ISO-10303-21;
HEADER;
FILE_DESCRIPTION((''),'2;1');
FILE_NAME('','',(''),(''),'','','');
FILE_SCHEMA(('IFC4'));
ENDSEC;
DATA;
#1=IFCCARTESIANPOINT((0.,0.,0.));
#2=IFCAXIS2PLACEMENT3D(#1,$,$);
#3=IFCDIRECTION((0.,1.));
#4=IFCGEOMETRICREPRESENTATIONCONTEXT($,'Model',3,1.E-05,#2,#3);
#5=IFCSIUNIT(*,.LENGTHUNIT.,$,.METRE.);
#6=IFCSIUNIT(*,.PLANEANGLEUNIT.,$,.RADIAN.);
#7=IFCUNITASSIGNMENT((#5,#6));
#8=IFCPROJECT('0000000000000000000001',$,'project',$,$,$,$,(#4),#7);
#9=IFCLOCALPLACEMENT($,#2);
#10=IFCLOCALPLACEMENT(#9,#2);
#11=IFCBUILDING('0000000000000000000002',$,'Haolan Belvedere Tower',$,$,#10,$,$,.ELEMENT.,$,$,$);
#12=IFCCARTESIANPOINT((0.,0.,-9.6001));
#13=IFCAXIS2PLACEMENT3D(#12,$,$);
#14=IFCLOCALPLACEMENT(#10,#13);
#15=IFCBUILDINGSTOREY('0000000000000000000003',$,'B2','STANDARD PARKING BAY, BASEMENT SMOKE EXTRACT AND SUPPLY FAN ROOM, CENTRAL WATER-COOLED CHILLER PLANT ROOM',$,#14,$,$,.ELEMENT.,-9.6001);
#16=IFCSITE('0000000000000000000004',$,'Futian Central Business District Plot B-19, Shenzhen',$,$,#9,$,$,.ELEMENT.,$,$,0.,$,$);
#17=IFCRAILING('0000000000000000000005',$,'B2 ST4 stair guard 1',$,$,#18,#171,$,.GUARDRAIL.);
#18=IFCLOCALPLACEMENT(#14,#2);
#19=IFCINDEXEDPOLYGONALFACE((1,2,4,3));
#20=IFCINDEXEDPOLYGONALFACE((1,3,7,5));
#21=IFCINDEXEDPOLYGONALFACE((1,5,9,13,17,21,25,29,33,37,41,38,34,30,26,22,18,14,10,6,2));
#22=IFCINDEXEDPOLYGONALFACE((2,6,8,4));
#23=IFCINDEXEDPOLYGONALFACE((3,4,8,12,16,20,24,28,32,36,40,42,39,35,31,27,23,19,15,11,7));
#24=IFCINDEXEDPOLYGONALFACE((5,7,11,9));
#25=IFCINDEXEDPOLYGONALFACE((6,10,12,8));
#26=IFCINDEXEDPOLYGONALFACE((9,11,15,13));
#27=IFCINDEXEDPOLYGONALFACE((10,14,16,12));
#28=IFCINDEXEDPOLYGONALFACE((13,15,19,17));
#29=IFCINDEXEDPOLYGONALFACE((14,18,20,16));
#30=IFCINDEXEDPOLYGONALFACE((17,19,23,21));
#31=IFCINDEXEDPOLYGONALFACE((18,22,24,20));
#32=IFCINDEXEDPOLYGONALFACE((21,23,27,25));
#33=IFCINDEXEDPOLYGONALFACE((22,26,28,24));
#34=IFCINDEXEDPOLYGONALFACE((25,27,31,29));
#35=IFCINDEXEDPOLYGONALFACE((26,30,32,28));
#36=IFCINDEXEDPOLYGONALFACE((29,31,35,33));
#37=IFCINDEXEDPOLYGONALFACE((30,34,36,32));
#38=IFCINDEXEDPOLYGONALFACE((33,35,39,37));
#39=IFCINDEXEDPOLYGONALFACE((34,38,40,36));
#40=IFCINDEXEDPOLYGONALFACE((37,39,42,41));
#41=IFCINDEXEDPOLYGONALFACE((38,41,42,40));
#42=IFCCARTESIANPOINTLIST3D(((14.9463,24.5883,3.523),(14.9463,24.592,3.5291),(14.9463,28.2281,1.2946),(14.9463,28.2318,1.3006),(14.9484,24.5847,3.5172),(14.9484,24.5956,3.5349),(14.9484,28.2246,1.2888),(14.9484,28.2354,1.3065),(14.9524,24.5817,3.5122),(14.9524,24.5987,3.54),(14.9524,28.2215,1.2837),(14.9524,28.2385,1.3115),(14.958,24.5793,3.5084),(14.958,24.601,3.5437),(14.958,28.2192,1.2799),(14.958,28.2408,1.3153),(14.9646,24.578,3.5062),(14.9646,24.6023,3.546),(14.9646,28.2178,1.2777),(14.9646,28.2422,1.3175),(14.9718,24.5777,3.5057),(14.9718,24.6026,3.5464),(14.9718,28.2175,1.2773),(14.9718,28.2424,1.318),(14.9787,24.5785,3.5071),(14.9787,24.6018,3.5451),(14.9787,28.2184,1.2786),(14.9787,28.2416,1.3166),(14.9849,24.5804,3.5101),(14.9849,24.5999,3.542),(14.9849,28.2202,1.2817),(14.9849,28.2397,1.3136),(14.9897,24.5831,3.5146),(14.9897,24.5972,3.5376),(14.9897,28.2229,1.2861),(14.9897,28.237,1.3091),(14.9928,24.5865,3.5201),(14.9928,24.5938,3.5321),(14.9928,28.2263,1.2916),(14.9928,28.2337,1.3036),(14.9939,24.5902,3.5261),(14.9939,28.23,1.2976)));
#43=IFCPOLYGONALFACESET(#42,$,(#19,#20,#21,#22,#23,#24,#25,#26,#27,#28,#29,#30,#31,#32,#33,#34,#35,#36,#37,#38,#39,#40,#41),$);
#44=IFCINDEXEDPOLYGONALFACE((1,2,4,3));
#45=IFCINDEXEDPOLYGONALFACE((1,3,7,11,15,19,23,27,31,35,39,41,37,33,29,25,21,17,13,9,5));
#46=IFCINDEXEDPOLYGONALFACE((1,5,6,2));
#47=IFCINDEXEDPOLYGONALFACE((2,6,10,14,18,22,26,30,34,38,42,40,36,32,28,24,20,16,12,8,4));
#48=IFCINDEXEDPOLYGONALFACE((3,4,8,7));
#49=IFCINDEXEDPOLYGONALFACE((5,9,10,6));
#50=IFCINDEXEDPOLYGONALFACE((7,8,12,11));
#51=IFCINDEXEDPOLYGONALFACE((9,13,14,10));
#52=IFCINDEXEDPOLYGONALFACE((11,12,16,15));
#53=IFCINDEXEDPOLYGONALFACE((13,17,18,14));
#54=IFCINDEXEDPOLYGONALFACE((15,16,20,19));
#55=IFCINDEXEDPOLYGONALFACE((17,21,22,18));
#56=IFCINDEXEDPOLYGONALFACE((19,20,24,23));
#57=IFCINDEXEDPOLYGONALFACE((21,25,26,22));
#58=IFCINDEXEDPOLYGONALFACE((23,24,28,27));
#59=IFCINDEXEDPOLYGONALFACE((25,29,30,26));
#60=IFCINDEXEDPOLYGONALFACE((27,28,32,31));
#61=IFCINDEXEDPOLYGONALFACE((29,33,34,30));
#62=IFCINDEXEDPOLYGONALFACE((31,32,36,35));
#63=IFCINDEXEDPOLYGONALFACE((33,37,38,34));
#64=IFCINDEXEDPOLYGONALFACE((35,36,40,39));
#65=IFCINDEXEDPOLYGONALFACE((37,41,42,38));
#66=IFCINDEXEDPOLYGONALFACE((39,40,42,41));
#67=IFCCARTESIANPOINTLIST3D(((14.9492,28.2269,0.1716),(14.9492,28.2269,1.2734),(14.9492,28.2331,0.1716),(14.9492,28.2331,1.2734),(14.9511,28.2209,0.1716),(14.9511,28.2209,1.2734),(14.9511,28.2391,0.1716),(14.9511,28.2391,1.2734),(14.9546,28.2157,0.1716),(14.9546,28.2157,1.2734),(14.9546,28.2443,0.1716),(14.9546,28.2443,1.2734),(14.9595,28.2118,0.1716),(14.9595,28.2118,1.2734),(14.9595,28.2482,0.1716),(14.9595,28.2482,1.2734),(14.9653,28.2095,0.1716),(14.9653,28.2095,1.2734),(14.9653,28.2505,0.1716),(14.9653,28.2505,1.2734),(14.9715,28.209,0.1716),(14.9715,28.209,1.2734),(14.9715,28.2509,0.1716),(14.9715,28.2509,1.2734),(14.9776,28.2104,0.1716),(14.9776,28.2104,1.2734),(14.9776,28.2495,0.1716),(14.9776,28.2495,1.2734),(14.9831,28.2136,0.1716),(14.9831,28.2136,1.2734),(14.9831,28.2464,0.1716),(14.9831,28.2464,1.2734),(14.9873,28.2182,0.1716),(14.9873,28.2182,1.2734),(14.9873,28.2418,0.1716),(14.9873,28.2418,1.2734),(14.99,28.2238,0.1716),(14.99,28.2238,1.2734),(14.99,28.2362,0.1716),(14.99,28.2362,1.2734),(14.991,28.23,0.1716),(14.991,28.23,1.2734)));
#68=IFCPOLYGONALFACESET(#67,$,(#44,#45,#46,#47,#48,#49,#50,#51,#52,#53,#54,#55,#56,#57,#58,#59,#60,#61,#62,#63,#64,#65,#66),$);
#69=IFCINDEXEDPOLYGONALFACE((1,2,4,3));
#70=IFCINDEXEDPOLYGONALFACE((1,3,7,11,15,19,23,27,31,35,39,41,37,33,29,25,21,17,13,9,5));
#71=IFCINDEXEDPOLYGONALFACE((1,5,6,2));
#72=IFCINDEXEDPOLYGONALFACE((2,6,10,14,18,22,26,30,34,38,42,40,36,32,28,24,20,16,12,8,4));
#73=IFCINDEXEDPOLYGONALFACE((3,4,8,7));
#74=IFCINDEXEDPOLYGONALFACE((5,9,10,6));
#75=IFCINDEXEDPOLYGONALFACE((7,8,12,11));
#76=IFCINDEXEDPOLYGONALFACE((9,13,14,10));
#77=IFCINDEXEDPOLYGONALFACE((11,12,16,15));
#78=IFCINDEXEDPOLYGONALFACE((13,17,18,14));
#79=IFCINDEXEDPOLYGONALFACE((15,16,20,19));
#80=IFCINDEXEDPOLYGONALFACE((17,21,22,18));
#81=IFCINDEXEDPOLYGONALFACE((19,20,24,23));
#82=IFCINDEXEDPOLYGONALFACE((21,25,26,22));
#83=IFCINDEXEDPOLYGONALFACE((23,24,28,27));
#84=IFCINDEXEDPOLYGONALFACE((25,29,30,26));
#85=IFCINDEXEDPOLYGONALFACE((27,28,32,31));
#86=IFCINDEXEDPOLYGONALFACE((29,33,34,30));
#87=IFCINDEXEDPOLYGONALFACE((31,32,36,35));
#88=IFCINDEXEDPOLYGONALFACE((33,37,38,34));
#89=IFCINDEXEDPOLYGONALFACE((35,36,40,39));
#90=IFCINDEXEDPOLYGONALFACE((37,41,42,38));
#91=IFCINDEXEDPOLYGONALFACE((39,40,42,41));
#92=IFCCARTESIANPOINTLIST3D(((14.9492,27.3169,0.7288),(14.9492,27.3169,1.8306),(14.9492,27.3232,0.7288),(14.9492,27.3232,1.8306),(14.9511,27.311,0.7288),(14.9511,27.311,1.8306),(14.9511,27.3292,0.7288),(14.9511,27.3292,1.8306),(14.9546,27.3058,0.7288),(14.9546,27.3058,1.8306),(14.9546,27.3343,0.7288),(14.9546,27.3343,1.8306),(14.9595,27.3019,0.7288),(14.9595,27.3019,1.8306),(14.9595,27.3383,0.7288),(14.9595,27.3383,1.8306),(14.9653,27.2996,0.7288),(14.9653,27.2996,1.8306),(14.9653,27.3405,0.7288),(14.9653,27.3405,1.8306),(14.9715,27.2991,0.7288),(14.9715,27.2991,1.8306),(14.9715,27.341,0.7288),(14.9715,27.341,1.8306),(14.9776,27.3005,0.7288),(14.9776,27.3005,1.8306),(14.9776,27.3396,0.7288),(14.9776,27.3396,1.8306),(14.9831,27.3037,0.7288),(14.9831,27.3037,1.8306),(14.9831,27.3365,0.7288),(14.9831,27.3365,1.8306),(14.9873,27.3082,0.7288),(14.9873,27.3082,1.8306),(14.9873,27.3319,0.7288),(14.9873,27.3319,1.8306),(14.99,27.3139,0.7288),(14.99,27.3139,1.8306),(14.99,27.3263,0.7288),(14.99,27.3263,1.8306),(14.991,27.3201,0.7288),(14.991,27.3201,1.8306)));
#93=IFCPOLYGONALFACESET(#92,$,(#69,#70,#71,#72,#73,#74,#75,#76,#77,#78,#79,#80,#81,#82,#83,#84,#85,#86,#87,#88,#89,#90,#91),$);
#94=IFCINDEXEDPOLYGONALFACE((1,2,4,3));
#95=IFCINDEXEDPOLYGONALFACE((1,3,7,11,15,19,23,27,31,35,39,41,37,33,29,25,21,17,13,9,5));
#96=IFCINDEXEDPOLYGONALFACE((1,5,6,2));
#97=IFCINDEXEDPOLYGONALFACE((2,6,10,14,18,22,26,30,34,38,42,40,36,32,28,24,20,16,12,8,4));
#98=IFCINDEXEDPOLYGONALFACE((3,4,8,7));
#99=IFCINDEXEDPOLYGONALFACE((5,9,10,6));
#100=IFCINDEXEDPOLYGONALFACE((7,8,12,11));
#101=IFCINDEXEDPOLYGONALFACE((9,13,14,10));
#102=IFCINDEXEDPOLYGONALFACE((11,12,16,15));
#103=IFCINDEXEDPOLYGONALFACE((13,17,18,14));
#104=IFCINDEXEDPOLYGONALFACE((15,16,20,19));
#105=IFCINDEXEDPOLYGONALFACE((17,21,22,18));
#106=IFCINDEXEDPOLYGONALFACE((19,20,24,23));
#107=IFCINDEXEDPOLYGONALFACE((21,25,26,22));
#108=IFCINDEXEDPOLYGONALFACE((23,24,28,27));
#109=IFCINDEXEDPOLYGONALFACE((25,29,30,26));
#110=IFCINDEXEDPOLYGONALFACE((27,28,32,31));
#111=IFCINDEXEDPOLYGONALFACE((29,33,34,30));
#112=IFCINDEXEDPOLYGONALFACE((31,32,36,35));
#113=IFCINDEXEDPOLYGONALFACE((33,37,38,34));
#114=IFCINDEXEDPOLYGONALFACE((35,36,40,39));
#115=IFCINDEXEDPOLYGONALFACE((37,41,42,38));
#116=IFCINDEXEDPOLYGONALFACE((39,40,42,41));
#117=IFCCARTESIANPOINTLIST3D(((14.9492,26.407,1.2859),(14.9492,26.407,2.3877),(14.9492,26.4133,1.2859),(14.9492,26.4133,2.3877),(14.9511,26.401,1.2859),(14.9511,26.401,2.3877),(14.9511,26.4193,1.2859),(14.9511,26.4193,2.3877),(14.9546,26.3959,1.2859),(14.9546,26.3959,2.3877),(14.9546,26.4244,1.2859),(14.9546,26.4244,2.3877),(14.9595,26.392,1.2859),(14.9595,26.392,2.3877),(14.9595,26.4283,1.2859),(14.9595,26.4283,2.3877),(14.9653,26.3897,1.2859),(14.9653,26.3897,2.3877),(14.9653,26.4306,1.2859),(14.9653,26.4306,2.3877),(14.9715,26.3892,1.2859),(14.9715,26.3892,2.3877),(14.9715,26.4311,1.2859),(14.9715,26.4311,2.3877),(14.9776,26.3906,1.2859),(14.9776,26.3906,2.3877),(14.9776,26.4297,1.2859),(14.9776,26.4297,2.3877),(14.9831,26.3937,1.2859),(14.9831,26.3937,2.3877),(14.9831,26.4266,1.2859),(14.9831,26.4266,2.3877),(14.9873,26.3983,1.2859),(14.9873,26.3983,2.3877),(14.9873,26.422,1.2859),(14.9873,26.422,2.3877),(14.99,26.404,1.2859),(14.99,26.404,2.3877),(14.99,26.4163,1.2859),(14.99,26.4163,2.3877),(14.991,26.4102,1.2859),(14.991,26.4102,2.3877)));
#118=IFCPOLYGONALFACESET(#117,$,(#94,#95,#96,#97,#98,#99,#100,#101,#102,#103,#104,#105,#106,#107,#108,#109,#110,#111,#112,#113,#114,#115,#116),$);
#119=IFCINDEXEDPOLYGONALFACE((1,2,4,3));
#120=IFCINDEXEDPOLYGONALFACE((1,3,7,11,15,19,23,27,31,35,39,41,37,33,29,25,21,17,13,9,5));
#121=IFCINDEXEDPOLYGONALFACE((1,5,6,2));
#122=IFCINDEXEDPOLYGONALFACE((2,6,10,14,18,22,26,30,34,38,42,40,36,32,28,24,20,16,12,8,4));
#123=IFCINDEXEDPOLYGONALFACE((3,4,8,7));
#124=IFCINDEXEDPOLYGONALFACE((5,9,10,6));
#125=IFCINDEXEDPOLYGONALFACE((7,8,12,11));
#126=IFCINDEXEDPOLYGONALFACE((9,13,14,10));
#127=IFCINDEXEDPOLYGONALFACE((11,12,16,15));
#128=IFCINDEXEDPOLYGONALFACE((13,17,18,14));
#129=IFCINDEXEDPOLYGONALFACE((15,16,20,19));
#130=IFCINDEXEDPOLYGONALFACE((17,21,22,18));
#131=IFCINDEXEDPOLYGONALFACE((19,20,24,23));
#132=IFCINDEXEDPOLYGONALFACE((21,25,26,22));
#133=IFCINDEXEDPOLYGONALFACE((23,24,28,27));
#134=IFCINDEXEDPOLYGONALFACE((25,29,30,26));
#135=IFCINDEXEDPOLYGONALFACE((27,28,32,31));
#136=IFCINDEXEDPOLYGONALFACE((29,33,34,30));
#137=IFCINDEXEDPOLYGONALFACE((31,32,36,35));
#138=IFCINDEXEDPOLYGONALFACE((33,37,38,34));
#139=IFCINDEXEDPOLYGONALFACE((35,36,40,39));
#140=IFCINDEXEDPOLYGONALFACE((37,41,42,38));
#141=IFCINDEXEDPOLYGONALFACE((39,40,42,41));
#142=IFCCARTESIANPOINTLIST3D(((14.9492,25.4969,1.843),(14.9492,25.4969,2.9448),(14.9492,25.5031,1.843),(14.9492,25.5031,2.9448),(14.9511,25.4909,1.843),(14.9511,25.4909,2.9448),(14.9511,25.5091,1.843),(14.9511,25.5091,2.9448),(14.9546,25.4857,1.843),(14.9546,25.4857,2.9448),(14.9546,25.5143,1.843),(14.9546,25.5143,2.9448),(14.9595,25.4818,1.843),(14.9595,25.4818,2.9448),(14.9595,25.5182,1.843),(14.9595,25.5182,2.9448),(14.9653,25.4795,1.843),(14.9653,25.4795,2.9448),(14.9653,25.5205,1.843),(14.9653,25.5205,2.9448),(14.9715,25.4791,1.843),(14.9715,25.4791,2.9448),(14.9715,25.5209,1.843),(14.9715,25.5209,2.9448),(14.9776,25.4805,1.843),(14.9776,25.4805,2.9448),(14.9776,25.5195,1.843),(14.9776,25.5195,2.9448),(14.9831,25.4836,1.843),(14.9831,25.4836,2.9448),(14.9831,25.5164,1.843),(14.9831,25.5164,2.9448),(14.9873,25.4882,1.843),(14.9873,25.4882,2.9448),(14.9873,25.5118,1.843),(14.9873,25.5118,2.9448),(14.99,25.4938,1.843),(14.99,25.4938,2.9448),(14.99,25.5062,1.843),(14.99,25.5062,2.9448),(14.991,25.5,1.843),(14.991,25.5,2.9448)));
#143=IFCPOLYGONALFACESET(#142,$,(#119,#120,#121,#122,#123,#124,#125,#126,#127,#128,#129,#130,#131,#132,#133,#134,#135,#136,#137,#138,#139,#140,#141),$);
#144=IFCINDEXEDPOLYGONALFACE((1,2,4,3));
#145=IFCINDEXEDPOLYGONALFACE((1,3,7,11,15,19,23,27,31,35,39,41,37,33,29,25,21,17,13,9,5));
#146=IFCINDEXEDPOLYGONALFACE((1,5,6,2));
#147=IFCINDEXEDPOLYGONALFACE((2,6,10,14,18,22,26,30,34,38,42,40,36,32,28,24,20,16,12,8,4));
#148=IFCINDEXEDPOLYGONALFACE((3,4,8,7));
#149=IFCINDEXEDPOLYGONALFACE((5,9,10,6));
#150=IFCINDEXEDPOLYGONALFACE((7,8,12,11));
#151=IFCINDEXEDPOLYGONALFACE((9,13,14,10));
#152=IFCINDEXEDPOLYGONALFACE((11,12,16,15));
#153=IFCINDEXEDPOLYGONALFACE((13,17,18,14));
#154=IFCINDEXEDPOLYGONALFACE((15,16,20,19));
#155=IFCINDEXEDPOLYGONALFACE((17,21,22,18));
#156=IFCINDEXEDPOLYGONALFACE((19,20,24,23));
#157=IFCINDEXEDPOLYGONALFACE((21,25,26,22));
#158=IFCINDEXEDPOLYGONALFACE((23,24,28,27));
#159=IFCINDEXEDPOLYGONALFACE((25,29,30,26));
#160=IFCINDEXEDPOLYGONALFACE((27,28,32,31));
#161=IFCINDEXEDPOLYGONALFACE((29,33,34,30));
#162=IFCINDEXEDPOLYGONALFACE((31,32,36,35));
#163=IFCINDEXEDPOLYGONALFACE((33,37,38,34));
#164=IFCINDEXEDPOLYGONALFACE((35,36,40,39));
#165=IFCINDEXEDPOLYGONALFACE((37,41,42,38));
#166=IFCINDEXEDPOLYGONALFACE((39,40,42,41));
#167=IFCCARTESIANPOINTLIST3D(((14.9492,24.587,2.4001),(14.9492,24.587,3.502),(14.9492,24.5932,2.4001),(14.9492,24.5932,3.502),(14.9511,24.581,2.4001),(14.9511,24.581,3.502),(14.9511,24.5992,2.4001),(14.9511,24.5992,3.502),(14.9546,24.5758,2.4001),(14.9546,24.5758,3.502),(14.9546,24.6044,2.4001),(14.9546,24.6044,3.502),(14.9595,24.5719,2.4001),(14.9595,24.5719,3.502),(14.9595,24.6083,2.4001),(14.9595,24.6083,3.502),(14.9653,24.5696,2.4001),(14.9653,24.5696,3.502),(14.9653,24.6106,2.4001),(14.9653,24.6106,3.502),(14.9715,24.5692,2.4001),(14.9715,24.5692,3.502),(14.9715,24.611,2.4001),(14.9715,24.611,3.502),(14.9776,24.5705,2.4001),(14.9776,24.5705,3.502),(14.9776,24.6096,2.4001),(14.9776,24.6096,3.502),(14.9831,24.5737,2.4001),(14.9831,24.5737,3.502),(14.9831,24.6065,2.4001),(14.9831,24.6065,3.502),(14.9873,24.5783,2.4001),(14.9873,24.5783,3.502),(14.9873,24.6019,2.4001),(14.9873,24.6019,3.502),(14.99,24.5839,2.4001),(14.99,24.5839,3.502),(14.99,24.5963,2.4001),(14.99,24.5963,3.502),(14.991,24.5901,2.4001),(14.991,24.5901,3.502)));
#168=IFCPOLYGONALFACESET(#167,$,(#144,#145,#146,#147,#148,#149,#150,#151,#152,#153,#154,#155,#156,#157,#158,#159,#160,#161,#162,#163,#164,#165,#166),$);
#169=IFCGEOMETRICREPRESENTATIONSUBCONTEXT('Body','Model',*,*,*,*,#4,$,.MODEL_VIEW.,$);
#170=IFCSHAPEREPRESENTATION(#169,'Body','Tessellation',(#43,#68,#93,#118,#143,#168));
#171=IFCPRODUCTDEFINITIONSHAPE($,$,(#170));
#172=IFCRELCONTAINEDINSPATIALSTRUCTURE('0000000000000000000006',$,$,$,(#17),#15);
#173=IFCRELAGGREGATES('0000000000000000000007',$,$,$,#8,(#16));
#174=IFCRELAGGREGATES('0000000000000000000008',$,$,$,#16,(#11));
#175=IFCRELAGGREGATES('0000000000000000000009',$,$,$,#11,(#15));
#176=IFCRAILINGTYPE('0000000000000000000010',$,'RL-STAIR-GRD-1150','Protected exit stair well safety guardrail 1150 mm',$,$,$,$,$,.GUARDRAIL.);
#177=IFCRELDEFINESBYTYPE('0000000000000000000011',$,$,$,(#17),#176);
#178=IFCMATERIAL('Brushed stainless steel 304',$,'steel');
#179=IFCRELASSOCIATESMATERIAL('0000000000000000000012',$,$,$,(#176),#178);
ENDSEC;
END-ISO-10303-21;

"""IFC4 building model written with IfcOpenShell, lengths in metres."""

from ifc_helpers import new_model, si_unit, direction, frame, origin, origin_2d, place, context, subcontext, project, spatial, circle, extrude, material, type_object, element, save


model = new_model("IFC4")

# Units and contexts
model_context = context("Model", 3, precision=1e-05, world=origin(), true_north=direction((0.0, 1.0)))
body_context = subcontext(model_context, "Body", "Model", "MODEL_VIEW")
ifc_project = project(units=[si_unit("LENGTHUNIT", "METRE"), si_unit("PLANEANGLEUNIT", "RADIAN")], contexts=[model_context])

# Site, building, storey
site_placement = place(None, origin())
site = spatial("IfcSite", under=ifc_project, at=site_placement, Name="Futian Central Business District Plot B-19, Shenzhen", CompositionType="ELEMENT", RefElevation=0.0)
building_placement = place(site_placement, origin())
building = spatial("IfcBuilding", under=site, at=building_placement, Name="Haolan Belvedere Tower", CompositionType="ELEMENT")
storey_placement = place(building_placement, frame((0.0, 0.0, -9.6001)))
storey = spatial("IfcBuildingStorey", under=building, at=storey_placement, Name="B2", Description="STANDARD PARKING BAY, BASEMENT SMOKE EXTRACT AND SUPPLY FAN ROOM, CENTRAL WATER-COOLED CHILLER PLANT ROOM", CompositionType="ELEMENT", Elevation=-9.6001)

# Railing
ifc_material_1 = material(Name="Brushed stainless steel 304", Category="steel")
railing_type_1 = type_object("IfcRailingType", Name="RL-STAIR-GRD-1150", Description="Protected exit stair well safety guardrail 1150 mm", PredefinedType="GUARDRAIL", material=ifc_material_1)
railing_1_placement = place(storey_placement, frame((14.97, 28.23, 0.1716)))
element("IfcRailing", 1, at=railing_1_placement, inside=storey, type_object=railing_type_1, Name="B2 ST4 stair guard 1", PredefinedType="GUARDRAIL", context=body_context, shape_type="SweptSolid", body=[
    extrude(circle(Radius=0.0239, at=origin_2d()), frame((0.0, 0.0, 1.126), z_axis=(0.0, -0.85285, 0.522156), x_axis=(1.0, 0.0, 0.0)), (0.0, 0.0, 1.0), 4.2678),
    extrude(circle(Radius=0.021, at=origin_2d()), origin(), (0.0, 0.0, 1.0), 1.1018),
    extrude(circle(Radius=0.021, at=origin_2d()), frame((0.0, -0.9099, 0.5571)), (0.0, 0.0, 1.0), 1.1018),
    extrude(circle(Radius=0.021, at=origin_2d()), frame((0.0, -1.8198, 1.1143)), (0.0, 0.0, 1.0), 1.1018),
    extrude(circle(Radius=0.021, at=origin_2d()), frame((0.0, -2.73, 1.6714)), (0.0, 0.0, 1.0), 1.1018),
    extrude(circle(Radius=0.021, at=origin_2d()), frame((0.0, -3.6399, 2.2285)), (0.0, 0.0, 1.0), 1.1018),
])

save(model, "model.ifc")
